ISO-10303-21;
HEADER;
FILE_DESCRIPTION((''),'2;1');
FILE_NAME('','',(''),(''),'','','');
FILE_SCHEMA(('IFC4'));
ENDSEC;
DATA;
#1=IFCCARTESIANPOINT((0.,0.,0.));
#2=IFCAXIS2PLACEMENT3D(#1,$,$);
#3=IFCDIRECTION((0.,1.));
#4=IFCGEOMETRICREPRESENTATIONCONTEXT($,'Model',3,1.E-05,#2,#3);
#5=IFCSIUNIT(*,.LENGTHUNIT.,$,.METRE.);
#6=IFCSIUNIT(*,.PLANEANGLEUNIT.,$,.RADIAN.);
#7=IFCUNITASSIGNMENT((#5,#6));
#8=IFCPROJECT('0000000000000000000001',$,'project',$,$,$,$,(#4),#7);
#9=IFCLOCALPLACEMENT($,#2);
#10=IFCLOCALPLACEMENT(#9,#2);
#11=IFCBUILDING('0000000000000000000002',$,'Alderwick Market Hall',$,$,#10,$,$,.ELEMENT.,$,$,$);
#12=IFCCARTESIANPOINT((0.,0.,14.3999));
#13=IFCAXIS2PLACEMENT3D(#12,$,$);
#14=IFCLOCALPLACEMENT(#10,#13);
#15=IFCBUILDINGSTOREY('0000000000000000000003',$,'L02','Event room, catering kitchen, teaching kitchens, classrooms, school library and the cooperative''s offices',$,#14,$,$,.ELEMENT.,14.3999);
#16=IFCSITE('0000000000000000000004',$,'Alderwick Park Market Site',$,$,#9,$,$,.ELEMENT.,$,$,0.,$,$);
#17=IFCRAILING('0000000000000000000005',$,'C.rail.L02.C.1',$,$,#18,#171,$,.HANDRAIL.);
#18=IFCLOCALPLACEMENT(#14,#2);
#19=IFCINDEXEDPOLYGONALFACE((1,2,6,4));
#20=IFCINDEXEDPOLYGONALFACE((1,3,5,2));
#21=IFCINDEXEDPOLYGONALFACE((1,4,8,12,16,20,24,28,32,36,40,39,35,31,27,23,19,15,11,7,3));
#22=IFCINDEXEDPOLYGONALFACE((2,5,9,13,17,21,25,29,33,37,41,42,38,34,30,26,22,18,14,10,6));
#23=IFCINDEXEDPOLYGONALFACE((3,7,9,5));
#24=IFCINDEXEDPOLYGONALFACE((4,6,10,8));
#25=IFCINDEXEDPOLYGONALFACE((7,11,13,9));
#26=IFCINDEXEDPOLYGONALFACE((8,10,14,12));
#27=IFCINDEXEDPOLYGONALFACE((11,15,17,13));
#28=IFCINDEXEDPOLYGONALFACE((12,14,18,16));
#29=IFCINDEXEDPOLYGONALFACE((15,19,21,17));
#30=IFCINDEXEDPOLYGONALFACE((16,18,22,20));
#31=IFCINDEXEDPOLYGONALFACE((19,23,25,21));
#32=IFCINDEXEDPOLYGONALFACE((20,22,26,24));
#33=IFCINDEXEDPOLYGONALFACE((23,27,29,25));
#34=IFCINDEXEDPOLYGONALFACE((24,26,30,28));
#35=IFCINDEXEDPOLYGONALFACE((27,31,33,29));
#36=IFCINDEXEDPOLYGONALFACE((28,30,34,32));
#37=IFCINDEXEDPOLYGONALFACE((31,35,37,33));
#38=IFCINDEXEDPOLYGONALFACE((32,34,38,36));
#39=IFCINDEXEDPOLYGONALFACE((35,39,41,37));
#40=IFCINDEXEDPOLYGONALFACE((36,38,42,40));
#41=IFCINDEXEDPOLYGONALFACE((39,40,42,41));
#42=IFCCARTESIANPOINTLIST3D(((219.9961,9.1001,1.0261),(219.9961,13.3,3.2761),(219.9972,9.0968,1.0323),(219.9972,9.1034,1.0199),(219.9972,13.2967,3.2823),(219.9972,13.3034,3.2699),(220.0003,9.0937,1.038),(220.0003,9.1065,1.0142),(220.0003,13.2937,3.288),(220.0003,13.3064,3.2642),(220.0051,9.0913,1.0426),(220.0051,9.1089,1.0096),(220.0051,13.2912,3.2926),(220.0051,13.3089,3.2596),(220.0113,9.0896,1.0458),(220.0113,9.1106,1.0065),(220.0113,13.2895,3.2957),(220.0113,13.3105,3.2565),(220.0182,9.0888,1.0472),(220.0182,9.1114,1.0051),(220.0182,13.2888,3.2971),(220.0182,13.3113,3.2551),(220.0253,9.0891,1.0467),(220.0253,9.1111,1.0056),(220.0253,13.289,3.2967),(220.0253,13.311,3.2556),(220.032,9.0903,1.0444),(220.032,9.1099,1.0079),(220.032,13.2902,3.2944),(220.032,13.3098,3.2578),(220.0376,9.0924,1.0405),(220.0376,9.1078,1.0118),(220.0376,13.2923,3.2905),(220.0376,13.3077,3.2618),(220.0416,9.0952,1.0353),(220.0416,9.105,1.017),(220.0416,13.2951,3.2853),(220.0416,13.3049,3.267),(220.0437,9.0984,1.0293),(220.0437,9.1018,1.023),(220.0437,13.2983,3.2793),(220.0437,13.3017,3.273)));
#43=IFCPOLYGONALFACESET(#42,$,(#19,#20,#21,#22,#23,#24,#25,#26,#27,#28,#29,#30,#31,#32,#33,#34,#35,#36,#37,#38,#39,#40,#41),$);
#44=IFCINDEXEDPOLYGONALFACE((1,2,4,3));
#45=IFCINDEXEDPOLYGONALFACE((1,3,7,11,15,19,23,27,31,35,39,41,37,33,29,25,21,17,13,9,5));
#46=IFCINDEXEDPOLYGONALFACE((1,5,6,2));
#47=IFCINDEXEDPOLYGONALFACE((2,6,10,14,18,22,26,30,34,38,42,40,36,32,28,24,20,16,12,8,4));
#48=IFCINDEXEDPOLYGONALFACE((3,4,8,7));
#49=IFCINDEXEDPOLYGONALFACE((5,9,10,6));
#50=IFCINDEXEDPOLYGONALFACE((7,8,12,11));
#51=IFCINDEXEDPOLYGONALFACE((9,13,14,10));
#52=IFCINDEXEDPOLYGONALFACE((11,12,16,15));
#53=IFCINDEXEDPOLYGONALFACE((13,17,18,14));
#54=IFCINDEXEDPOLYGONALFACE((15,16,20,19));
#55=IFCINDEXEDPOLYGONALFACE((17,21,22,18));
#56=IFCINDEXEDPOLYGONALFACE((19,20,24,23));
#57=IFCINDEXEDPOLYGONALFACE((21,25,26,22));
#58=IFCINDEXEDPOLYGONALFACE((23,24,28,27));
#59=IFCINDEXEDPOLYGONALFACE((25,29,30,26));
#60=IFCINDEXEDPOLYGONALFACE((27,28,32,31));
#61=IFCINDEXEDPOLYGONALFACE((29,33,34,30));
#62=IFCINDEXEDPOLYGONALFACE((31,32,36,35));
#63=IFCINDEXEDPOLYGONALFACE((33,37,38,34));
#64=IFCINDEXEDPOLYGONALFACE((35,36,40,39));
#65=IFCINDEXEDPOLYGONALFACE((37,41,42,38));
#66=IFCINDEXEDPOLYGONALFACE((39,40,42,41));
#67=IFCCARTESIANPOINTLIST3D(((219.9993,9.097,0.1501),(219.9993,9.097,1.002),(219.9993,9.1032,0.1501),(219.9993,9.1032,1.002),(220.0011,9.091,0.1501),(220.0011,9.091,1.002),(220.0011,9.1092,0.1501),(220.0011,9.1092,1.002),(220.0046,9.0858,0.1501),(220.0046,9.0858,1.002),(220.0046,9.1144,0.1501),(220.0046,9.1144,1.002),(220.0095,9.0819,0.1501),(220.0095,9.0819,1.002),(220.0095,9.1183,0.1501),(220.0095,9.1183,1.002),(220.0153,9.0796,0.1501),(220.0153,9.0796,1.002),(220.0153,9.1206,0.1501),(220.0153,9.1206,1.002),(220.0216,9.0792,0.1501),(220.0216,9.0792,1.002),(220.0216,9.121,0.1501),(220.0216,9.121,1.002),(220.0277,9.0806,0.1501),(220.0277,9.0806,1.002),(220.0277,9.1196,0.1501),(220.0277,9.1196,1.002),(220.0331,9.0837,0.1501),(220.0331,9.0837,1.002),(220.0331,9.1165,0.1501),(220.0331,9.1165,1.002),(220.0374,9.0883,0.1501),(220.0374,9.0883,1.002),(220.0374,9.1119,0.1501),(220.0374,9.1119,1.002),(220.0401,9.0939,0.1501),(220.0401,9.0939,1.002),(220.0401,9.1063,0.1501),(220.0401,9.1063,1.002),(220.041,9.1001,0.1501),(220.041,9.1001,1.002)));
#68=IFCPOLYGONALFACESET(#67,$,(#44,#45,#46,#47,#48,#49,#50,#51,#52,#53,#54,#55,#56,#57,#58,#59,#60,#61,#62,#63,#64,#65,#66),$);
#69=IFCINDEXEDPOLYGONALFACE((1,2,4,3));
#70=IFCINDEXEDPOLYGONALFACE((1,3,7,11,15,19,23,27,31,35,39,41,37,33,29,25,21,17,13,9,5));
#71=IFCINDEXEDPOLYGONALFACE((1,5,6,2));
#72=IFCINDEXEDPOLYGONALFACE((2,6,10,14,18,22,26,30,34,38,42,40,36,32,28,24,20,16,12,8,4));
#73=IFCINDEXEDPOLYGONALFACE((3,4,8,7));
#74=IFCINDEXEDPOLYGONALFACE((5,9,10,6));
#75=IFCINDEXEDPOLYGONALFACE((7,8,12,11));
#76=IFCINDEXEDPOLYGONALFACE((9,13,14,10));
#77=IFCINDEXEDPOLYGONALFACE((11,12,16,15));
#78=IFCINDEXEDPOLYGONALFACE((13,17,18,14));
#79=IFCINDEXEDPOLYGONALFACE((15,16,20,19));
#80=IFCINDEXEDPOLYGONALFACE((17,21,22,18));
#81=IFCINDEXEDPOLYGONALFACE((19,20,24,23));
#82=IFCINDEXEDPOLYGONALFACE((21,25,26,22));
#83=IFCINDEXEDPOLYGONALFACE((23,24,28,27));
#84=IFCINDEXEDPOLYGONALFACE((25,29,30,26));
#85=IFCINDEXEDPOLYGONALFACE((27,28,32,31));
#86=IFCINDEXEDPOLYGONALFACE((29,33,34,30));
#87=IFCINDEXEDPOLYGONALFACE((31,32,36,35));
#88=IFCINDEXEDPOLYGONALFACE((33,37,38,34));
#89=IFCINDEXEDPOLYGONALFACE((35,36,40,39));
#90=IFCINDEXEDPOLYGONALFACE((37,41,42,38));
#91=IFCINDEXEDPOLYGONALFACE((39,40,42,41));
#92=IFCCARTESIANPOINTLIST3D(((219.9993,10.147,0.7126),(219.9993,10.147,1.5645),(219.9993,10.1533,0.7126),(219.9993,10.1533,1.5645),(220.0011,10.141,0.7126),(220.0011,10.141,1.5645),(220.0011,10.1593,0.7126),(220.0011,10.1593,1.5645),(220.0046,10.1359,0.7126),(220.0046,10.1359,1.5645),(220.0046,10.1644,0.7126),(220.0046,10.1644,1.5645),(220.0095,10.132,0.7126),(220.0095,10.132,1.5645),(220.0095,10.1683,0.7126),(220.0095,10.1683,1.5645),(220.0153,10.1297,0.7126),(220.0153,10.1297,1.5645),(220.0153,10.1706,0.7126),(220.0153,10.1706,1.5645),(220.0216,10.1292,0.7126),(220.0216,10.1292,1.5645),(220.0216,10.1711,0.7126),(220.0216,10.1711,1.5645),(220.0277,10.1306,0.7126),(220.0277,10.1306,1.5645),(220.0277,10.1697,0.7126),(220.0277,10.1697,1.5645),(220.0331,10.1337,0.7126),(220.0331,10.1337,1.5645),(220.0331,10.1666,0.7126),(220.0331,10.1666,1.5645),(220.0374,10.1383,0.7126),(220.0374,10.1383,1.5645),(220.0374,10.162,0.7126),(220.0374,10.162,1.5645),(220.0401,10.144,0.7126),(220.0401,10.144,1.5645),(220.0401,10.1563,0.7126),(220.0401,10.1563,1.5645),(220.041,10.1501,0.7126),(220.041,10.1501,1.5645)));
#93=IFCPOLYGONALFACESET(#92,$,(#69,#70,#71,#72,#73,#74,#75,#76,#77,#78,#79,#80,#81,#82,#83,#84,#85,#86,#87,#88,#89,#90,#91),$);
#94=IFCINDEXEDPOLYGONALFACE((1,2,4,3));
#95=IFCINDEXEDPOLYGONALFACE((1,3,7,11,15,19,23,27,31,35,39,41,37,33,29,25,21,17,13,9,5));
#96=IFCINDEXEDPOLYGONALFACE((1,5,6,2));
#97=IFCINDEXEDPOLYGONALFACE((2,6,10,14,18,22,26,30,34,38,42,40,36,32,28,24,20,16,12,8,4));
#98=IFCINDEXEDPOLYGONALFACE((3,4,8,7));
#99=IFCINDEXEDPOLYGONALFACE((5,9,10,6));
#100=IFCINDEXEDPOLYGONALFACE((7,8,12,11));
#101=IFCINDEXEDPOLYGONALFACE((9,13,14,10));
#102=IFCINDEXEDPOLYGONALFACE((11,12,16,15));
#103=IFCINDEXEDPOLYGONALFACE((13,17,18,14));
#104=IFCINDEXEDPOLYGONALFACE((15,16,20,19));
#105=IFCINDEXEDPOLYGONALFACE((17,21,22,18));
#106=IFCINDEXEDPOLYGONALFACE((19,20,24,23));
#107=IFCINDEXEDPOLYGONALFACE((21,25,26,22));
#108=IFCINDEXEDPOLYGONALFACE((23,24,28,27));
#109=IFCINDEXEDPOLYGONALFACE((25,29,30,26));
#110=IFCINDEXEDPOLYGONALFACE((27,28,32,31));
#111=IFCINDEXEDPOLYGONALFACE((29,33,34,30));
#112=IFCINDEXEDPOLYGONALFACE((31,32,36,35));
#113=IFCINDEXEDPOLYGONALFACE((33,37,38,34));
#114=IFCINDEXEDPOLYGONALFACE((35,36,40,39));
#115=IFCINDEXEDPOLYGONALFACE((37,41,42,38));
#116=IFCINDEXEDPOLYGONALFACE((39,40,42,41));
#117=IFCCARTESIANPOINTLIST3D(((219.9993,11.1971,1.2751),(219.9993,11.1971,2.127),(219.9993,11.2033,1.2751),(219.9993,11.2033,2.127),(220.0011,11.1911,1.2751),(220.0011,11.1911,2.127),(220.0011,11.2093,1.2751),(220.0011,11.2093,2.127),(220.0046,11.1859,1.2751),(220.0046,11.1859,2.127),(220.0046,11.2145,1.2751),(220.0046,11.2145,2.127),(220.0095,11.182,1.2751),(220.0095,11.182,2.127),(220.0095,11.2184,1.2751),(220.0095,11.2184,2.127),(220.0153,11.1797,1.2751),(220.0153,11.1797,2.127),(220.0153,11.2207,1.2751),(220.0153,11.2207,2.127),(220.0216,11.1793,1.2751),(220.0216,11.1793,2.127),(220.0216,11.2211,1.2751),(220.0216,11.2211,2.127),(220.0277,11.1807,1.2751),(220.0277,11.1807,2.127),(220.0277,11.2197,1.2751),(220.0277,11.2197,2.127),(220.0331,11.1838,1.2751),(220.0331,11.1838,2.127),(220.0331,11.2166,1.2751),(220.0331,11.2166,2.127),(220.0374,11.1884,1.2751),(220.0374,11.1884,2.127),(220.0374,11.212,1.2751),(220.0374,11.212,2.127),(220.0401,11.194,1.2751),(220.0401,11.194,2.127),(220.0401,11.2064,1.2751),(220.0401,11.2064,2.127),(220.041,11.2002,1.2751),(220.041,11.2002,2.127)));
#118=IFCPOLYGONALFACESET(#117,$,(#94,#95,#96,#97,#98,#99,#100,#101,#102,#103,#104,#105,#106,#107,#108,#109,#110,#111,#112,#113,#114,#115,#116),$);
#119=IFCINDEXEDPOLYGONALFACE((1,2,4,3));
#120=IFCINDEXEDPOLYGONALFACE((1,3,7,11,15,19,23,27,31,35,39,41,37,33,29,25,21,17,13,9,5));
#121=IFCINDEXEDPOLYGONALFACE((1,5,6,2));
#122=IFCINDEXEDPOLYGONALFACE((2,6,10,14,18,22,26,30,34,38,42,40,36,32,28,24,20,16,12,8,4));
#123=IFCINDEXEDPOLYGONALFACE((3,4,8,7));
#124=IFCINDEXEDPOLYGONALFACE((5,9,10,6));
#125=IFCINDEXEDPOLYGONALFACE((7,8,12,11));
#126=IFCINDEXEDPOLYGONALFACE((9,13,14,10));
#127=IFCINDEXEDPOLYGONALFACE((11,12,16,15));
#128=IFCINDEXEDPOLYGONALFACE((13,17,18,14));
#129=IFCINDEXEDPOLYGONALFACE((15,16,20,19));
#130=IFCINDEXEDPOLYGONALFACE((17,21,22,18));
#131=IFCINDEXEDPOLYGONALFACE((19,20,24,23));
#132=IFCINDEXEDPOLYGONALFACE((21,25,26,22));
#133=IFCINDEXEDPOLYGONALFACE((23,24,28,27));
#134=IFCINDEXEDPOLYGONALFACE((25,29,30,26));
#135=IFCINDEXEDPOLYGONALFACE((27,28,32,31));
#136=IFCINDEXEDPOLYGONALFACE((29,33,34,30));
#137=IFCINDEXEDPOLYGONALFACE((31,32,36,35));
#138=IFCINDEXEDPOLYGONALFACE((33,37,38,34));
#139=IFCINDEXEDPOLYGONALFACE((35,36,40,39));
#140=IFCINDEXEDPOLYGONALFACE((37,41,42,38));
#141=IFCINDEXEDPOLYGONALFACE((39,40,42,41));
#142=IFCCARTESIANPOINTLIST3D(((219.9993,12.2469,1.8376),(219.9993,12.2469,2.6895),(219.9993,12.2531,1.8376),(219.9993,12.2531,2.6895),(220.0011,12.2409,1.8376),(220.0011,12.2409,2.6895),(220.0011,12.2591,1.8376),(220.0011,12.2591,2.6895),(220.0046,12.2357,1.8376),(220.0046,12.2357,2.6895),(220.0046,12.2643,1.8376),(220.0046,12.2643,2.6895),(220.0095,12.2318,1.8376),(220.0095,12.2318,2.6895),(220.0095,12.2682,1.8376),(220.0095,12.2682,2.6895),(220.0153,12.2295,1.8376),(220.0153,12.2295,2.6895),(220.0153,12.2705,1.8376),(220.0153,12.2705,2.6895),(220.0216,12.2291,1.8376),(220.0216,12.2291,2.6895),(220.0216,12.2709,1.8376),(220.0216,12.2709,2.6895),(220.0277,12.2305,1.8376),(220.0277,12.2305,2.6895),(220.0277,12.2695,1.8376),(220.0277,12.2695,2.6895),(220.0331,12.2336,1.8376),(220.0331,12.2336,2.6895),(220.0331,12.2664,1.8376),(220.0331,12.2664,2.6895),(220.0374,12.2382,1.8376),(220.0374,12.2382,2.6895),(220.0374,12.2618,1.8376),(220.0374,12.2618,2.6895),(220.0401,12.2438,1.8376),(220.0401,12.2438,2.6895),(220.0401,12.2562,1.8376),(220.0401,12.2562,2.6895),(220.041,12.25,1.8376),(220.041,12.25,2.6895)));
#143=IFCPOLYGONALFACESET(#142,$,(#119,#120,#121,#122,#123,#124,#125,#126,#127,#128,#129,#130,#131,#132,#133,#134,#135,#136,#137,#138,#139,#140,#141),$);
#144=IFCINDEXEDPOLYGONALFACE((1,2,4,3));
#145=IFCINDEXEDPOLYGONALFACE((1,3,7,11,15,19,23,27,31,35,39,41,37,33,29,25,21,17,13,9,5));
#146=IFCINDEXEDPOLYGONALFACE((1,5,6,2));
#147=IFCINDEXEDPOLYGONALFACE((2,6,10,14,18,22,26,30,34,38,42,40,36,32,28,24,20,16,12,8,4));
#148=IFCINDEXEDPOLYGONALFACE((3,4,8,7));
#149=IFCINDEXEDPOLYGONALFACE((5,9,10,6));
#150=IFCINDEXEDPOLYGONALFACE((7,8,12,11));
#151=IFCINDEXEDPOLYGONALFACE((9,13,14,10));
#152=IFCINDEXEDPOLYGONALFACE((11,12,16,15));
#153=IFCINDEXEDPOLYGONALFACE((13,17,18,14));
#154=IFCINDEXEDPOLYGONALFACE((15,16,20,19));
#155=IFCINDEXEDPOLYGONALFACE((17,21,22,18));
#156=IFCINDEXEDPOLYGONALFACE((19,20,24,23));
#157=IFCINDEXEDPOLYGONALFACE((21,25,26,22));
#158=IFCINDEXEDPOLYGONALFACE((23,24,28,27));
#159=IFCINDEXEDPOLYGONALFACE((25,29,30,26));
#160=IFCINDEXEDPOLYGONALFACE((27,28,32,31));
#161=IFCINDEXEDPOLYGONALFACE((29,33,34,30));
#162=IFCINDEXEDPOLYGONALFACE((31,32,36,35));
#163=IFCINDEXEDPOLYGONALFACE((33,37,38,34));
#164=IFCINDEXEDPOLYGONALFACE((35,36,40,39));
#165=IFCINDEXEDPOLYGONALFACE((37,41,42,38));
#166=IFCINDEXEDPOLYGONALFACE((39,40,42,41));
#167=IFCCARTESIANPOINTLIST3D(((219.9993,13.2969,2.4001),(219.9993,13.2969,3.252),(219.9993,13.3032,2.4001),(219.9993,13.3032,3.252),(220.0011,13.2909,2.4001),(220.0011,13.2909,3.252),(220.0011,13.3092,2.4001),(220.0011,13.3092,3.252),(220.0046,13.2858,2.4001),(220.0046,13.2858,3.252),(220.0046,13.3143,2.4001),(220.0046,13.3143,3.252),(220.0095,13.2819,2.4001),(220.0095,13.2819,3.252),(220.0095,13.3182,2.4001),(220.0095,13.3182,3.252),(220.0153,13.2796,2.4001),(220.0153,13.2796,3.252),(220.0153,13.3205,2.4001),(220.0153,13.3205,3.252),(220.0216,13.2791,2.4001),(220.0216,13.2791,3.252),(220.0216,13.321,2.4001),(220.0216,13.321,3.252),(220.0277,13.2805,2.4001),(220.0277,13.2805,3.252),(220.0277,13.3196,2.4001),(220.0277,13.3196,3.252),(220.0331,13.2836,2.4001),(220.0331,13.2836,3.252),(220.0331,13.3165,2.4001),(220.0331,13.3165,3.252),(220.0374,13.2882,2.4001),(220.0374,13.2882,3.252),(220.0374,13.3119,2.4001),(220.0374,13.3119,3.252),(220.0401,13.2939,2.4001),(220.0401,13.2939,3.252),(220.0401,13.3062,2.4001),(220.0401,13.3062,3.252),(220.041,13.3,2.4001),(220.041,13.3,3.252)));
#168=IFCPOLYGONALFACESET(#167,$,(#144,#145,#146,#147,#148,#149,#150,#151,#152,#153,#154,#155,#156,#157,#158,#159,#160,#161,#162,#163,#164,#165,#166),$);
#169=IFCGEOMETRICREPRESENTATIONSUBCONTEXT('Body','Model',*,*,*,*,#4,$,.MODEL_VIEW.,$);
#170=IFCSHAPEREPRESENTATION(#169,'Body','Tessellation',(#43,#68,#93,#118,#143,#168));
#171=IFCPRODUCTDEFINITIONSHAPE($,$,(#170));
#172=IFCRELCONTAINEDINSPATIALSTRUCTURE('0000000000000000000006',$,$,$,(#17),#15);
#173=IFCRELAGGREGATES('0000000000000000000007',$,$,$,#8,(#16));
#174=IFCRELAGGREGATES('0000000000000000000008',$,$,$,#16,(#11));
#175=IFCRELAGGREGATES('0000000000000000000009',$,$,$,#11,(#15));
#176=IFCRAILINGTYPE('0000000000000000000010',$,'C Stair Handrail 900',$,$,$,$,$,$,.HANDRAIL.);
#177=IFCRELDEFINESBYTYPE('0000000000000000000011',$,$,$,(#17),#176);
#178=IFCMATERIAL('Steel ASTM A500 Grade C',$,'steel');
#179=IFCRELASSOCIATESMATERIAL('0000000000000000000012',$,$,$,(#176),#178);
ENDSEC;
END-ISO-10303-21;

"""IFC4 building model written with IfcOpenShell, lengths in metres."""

from ifc_helpers import new_model, si_unit, direction, frame, origin, origin_2d, place, context, subcontext, project, spatial, circle, extrude, material, type_object, element, save


model = new_model("IFC4")

# Units and contexts
model_context = context("Model", 3, precision=1e-05, world=origin(), true_north=direction((0.0, 1.0)))
body_context = subcontext(model_context, "Body", "Model", "MODEL_VIEW")
ifc_project = project(units=[si_unit("LENGTHUNIT", "METRE"), si_unit("PLANEANGLEUNIT", "RADIAN")], contexts=[model_context])

# Site, building, storey
site_placement = place(None, origin())
site = spatial("IfcSite", under=ifc_project, at=site_placement, Name="Alderwick Park Market Site", CompositionType="ELEMENT", RefElevation=0.0)
building_placement = place(site_placement, origin())
building = spatial("IfcBuilding", under=site, at=building_placement, Name="Alderwick Market Hall", CompositionType="ELEMENT")
storey_placement = place(building_placement, frame((0.0, 0.0, 14.3999)))
storey = spatial("IfcBuildingStorey", under=building, at=storey_placement, Name="L02", Description="Event room, catering kitchen, teaching kitchens, classrooms, school library and the cooperative's offices", CompositionType="ELEMENT", Elevation=14.3999)

# Railing
ifc_material_1 = material(Name="Steel ASTM A500 Grade C", Category="steel")
railing_type_1 = type_object("IfcRailingType", Name="C Stair Handrail 900", PredefinedType="HANDRAIL", material=ifc_material_1)
for number, where, name in (
    (1, (220.02, 9.1001, 0.1501), "C.rail.L02.C.1"),
):
    element("IfcRailing", number, at=place(storey_placement, frame(where)), inside=storey, type_object=railing_type_1, Name=name, PredefinedType="HANDRAIL", context=body_context, shape_type="SweptSolid", body=[
        extrude(circle(Radius=0.0239, at=origin_2d()), frame((0.0, 0.0, 0.876), z_axis=(0.0, 0.881478, 0.472226), x_axis=(-1.0, 0.0, 0.0)), (0.0, 0.0, 1.0), 4.7646),
        extrude(circle(Radius=0.021, at=origin_2d()), origin(), (0.0, 0.0, 1.0), 0.8518),
        extrude(circle(Radius=0.021, at=origin_2d()), frame((0.0, 1.05, 0.5625)), (0.0, 0.0, 1.0), 0.8518),
        extrude(circle(Radius=0.021, at=origin_2d()), frame((0.0, 2.1001, 1.125)), (0.0, 0.0, 1.0), 0.8518),
        extrude(circle(Radius=0.021, at=origin_2d()), frame((0.0, 3.1499, 1.6875)), (0.0, 0.0, 1.0), 0.8518),
        extrude(circle(Radius=0.021, at=origin_2d()), frame((0.0, 4.2, 2.25)), (0.0, 0.0, 1.0), 0.8518),
    ])

save(model, "model.ifc")
